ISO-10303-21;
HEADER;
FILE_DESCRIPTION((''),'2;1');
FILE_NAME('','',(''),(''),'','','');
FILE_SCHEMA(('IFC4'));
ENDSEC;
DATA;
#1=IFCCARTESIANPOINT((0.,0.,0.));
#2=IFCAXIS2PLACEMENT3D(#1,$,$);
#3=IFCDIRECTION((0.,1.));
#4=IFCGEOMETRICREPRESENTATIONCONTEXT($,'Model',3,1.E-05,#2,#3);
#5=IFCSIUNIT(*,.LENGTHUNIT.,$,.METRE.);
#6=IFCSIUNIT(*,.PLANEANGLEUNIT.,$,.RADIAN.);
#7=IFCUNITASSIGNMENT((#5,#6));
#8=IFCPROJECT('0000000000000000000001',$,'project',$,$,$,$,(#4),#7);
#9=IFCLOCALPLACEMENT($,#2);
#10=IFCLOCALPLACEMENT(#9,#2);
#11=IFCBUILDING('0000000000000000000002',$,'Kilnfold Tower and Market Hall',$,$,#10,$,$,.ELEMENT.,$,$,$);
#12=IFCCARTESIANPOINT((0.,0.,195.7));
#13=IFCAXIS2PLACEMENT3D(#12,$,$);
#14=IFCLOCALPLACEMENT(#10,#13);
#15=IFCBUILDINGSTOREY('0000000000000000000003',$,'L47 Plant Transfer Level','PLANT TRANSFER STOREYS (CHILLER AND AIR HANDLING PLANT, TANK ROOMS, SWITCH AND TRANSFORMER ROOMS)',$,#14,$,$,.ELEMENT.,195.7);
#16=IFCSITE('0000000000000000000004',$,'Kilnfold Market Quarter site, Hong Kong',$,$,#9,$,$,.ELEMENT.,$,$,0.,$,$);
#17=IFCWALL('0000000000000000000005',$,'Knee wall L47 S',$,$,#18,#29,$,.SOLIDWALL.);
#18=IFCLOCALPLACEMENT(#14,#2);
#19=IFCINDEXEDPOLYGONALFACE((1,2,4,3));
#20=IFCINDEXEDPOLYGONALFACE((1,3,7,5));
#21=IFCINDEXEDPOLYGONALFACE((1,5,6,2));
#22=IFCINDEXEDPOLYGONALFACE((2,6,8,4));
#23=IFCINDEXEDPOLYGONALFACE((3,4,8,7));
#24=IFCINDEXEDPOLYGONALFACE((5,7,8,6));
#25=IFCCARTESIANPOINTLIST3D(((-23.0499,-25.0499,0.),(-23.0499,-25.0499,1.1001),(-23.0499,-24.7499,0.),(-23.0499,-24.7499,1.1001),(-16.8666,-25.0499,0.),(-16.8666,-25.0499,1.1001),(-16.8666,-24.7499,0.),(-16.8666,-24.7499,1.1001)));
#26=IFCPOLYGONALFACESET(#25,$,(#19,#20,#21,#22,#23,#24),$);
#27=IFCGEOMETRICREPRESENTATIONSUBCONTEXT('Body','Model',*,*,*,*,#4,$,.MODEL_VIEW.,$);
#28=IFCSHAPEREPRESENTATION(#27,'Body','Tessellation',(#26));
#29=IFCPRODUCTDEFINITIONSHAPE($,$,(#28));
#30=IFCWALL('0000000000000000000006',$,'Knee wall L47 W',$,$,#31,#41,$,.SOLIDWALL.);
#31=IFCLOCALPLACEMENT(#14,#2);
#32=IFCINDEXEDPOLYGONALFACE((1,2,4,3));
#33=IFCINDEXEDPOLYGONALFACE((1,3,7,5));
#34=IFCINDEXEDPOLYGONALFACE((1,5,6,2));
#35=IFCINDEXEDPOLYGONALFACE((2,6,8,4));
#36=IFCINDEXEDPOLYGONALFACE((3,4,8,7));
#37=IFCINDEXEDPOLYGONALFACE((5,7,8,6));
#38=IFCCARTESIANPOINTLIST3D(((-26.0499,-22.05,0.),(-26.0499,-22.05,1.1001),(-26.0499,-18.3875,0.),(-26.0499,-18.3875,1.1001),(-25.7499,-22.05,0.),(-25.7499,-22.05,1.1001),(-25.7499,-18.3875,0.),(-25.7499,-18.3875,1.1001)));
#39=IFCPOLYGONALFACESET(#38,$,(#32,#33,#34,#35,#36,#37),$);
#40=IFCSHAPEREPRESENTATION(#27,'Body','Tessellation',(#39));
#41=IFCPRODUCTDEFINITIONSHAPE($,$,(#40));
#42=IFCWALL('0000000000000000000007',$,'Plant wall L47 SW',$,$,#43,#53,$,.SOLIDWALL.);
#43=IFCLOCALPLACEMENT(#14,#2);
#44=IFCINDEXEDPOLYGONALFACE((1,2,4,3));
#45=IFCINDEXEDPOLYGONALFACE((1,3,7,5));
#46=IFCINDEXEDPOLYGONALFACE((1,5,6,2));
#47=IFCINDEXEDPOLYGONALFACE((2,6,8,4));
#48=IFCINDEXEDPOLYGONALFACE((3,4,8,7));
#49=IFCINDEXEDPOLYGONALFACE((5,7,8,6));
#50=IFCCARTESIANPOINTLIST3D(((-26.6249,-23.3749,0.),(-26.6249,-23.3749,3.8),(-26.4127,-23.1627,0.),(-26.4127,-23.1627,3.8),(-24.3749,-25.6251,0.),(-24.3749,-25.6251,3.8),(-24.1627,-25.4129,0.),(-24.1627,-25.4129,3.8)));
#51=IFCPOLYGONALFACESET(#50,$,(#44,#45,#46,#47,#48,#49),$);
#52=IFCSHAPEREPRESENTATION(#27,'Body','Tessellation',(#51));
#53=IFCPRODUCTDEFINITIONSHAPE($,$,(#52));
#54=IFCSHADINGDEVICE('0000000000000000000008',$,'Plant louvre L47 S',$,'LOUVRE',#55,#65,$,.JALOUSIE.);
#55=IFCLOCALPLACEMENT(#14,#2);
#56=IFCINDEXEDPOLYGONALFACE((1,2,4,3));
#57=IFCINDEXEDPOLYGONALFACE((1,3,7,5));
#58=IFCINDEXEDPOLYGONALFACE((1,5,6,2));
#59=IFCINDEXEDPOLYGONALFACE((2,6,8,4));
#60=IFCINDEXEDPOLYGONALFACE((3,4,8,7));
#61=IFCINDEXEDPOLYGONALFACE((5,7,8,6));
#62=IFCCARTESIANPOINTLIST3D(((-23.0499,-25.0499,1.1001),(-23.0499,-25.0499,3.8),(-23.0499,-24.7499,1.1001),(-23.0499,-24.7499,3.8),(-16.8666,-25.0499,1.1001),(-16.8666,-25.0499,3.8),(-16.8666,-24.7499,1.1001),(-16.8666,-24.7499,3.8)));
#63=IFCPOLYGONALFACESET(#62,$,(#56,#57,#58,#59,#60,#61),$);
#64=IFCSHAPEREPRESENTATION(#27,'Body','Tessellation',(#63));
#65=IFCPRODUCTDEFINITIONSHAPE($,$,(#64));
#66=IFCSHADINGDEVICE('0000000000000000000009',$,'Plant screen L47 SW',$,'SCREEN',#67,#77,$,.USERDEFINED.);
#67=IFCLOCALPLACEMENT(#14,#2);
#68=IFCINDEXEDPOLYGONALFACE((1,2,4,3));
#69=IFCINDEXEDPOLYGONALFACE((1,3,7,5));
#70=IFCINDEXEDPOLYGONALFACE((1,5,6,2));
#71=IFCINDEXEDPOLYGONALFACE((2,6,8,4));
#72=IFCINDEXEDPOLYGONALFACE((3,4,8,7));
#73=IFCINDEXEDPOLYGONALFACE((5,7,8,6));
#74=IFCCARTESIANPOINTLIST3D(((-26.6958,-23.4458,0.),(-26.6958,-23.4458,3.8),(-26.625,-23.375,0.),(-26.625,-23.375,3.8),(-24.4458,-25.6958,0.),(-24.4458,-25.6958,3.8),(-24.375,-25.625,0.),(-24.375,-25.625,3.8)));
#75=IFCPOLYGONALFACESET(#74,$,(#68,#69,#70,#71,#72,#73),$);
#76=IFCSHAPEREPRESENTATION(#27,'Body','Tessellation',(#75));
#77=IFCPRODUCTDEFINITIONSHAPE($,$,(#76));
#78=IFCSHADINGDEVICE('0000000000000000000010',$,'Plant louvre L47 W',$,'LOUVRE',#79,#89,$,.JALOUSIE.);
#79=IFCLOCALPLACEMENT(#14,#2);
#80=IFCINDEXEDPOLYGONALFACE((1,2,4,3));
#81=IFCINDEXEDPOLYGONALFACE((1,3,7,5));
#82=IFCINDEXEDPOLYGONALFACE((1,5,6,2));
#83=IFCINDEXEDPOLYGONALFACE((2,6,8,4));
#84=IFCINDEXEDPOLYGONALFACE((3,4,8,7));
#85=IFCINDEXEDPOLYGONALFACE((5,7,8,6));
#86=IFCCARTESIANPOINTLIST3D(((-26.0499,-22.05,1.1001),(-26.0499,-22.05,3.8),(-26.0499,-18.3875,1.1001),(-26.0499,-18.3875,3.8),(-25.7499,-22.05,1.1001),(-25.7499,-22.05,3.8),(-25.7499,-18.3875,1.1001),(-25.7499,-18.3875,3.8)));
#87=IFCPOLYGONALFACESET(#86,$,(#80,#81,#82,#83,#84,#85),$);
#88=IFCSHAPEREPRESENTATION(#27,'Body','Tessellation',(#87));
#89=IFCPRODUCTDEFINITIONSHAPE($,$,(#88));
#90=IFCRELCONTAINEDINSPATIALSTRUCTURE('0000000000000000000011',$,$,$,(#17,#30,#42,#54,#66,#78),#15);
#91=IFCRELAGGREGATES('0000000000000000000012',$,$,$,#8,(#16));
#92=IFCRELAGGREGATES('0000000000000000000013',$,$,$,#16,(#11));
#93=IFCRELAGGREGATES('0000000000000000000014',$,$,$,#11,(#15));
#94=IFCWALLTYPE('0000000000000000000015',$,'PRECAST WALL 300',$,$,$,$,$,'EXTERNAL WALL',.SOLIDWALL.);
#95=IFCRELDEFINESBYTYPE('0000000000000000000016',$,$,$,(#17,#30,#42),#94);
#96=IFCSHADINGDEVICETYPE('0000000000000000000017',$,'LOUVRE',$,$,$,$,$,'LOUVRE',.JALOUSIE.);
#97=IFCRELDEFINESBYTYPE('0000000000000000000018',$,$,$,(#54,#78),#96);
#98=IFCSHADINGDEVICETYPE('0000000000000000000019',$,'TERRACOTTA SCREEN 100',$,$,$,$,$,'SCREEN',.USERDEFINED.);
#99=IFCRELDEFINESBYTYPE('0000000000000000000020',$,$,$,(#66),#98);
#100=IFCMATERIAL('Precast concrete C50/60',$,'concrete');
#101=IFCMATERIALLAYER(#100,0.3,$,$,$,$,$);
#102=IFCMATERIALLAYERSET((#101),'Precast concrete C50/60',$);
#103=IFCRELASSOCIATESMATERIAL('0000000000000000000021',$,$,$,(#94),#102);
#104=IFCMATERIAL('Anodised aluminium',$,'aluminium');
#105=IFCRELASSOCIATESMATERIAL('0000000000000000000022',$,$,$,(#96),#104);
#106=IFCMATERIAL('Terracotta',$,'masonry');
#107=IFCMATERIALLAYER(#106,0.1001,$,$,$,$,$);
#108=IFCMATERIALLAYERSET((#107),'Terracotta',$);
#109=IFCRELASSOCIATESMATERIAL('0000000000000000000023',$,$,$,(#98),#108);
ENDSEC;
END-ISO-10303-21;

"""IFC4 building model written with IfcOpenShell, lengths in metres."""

from ifc_helpers import new_model, si_unit, direction, frame, frame_2d, origin, origin_2d, place, context, subcontext, project, spatial, rectangle, extrude, source, transform, mapped, material, layer, layer_set, type_object, element, save


model = new_model("IFC4")

# Units and contexts
model_context = context("Model", 3, precision=1e-05, world=origin(), true_north=direction((0.0, 1.0)))
body_context = subcontext(model_context, "Body", "Model", "MODEL_VIEW")
ifc_project = project(units=[si_unit("LENGTHUNIT", "METRE"), si_unit("PLANEANGLEUNIT", "RADIAN")], contexts=[model_context])

# Site, building, storey
site_placement = place(None, origin())
site = spatial("IfcSite", under=ifc_project, at=site_placement, Name="Kilnfold Market Quarter site, Hong Kong", CompositionType="ELEMENT", RefElevation=0.0)
building_placement = place(site_placement, origin())
building = spatial("IfcBuilding", under=site, at=building_placement, Name="Kilnfold Tower and Market Hall", CompositionType="ELEMENT")
storey_placement = place(building_placement, frame((0.0, 0.0, 195.7)))
storey = spatial("IfcBuildingStorey", under=building, at=storey_placement, Name="L47 Plant Transfer Level", Description="PLANT TRANSFER STOREYS (CHILLER AND AIR HANDLING PLANT, TANK ROOMS, SWITCH AND TRANSFORMER ROOMS)", CompositionType="ELEMENT", Elevation=195.7)

# Walls
ifc_material_1 = material(Name="Precast concrete C50/60", Category="concrete")
ifc_layer_1 = layer(ifc_material_1, 0.3)
ifc_layer_set_1 = layer_set([ifc_layer_1], Name="Precast concrete C50/60")
wall_type = type_object("IfcWallType", Name="PRECAST WALL 300", ElementType="EXTERNAL WALL", PredefinedType="SOLIDWALL", material=ifc_layer_set_1)
shared_shape_1 = source(origin(), body_context, "Body", "SweptSolid", [
    extrude(rectangle(XDim=6.1833, YDim=0.3, at=frame_2d((3.0918, 0.0))), origin(), (0.0, 0.0, 1.0), 1.1001),
])
wall_1_placement = place(storey_placement, frame((-23.05, -24.8999, 0.0), z_axis=(0.0, 0.0, 1.0), x_axis=(1.0, 0.0, 0.0)))
element("IfcWall", 1, at=wall_1_placement, inside=storey, type_object=wall_type, Name="Knee wall L47 S", PredefinedType="SOLIDWALL", context=body_context, shape_type="MappedRepresentation", body=[
    mapped(shared_shape_1, transform((0.0, 0.0, 0.0))),
])
shared_shape_2 = source(origin(), body_context, "Body", "SweptSolid", [
    extrude(rectangle(XDim=3.6626, YDim=0.3, at=frame_2d((1.8313, 0.0))), origin(), (0.0, 0.0, 1.0), 1.1001),
])
wall_2_placement = place(storey_placement, frame((-25.8999, -18.3875, 0.0), z_axis=(0.0, 0.0, 1.0), x_axis=(0.0, -1.0, 0.0)))
element("IfcWall", 2, at=wall_2_placement, inside=storey, type_object=wall_type, Name="Knee wall L47 W", PredefinedType="SOLIDWALL", context=body_context, shape_type="MappedRepresentation", body=[
    mapped(shared_shape_2, transform((0.0, 0.0, 0.0))),
])
shared_shape_3 = source(origin(), body_context, "Body", "SweptSolid", [
    extrude(rectangle(XDim=3.1821, YDim=0.3, at=frame_2d((1.5911, 0.0))), origin(), (0.0, 0.0, 1.0), 3.8),
])
wall_3_placement = place(storey_placement, frame((-26.5188, -23.2688, 0.0), z_axis=(0.0, 0.0, 1.0), x_axis=(0.707068, -0.707145, 0.0)))
element("IfcWall", 3, at=wall_3_placement, inside=storey, type_object=wall_type, Name="Plant wall L47 SW", PredefinedType="SOLIDWALL", context=body_context, shape_type="MappedRepresentation", body=[
    mapped(shared_shape_3, transform((0.0, 0.0, 0.0))),
])

# Shading devices
ifc_material_2 = material(Name="Anodised aluminium", Category="aluminium")
shading_device_type_1 = type_object("IfcShadingDeviceType", Name="LOUVRE", ElementType="LOUVRE", PredefinedType="JALOUSIE", material=ifc_material_2)
shared_shape_4 = source(origin(), body_context, "Body", "SweptSolid", [
    extrude(rectangle(XDim=6.1833, YDim=0.3, at=origin_2d()), origin(), (0.0, 0.0, 1.0), 2.7),
])
shading_device_1_placement = place(storey_placement, frame((-19.9583, -24.8999, 1.1001), z_axis=(0.0, 0.0, 1.0), x_axis=(1.0, 0.0, 0.0)))
element("IfcShadingDevice", 4, at=shading_device_1_placement, inside=storey, type_object=shading_device_type_1, Name="Plant louvre L47 S", ObjectType="LOUVRE", PredefinedType="JALOUSIE", context=body_context, shape_type="MappedRepresentation", body=[
    mapped(shared_shape_4, transform((0.0, 0.0, 0.0))),
])
ifc_material_3 = material(Name="Terracotta", Category="masonry")
ifc_layer_2 = layer(ifc_material_3, 0.1001)
ifc_layer_set_2 = layer_set([ifc_layer_2], Name="Terracotta")
shading_device_type_2 = type_object("IfcShadingDeviceType", Name="TERRACOTTA SCREEN 100", ElementType="SCREEN", PredefinedType="USERDEFINED", material=ifc_layer_set_2)
shared_shape_5 = source(origin(), body_context, "Body", "SweptSolid", [
    extrude(rectangle(XDim=3.1819, YDim=0.1001, at=origin_2d()), origin(), (0.0, 0.0, 1.0), 3.8),
])
shading_device_2_placement = place(storey_placement, frame((-25.5354, -24.5354, 0.0), z_axis=(0.0, 0.0, 1.0), x_axis=(0.707107, -0.707107, 0.0)))
element("IfcShadingDevice", 5, at=shading_device_2_placement, inside=storey, type_object=shading_device_type_2, Name="Plant screen L47 SW", ObjectType="SCREEN", PredefinedType="USERDEFINED", context=body_context, shape_type="MappedRepresentation", body=[
    mapped(shared_shape_5, transform((0.0, 0.0, 0.0))),
])
shared_shape_6 = source(origin(), body_context, "Body", "SweptSolid", [
    extrude(rectangle(XDim=3.6626, YDim=0.3, at=origin_2d()), origin(), (0.0, 0.0, 1.0), 2.7),
])
shading_device_3_placement = place(storey_placement, frame((-25.8999, -20.2188, 1.1001), z_axis=(0.0, 0.0, 1.0), x_axis=(0.0, -1.0, 0.0)))
element("IfcShadingDevice", 6, at=shading_device_3_placement, inside=storey, type_object=shading_device_type_1, Name="Plant louvre L47 W", ObjectType="LOUVRE", PredefinedType="JALOUSIE", context=body_context, shape_type="MappedRepresentation", body=[
    mapped(shared_shape_6, transform((0.0, 0.0, 0.0))),
])

save(model, "model.ifc")
